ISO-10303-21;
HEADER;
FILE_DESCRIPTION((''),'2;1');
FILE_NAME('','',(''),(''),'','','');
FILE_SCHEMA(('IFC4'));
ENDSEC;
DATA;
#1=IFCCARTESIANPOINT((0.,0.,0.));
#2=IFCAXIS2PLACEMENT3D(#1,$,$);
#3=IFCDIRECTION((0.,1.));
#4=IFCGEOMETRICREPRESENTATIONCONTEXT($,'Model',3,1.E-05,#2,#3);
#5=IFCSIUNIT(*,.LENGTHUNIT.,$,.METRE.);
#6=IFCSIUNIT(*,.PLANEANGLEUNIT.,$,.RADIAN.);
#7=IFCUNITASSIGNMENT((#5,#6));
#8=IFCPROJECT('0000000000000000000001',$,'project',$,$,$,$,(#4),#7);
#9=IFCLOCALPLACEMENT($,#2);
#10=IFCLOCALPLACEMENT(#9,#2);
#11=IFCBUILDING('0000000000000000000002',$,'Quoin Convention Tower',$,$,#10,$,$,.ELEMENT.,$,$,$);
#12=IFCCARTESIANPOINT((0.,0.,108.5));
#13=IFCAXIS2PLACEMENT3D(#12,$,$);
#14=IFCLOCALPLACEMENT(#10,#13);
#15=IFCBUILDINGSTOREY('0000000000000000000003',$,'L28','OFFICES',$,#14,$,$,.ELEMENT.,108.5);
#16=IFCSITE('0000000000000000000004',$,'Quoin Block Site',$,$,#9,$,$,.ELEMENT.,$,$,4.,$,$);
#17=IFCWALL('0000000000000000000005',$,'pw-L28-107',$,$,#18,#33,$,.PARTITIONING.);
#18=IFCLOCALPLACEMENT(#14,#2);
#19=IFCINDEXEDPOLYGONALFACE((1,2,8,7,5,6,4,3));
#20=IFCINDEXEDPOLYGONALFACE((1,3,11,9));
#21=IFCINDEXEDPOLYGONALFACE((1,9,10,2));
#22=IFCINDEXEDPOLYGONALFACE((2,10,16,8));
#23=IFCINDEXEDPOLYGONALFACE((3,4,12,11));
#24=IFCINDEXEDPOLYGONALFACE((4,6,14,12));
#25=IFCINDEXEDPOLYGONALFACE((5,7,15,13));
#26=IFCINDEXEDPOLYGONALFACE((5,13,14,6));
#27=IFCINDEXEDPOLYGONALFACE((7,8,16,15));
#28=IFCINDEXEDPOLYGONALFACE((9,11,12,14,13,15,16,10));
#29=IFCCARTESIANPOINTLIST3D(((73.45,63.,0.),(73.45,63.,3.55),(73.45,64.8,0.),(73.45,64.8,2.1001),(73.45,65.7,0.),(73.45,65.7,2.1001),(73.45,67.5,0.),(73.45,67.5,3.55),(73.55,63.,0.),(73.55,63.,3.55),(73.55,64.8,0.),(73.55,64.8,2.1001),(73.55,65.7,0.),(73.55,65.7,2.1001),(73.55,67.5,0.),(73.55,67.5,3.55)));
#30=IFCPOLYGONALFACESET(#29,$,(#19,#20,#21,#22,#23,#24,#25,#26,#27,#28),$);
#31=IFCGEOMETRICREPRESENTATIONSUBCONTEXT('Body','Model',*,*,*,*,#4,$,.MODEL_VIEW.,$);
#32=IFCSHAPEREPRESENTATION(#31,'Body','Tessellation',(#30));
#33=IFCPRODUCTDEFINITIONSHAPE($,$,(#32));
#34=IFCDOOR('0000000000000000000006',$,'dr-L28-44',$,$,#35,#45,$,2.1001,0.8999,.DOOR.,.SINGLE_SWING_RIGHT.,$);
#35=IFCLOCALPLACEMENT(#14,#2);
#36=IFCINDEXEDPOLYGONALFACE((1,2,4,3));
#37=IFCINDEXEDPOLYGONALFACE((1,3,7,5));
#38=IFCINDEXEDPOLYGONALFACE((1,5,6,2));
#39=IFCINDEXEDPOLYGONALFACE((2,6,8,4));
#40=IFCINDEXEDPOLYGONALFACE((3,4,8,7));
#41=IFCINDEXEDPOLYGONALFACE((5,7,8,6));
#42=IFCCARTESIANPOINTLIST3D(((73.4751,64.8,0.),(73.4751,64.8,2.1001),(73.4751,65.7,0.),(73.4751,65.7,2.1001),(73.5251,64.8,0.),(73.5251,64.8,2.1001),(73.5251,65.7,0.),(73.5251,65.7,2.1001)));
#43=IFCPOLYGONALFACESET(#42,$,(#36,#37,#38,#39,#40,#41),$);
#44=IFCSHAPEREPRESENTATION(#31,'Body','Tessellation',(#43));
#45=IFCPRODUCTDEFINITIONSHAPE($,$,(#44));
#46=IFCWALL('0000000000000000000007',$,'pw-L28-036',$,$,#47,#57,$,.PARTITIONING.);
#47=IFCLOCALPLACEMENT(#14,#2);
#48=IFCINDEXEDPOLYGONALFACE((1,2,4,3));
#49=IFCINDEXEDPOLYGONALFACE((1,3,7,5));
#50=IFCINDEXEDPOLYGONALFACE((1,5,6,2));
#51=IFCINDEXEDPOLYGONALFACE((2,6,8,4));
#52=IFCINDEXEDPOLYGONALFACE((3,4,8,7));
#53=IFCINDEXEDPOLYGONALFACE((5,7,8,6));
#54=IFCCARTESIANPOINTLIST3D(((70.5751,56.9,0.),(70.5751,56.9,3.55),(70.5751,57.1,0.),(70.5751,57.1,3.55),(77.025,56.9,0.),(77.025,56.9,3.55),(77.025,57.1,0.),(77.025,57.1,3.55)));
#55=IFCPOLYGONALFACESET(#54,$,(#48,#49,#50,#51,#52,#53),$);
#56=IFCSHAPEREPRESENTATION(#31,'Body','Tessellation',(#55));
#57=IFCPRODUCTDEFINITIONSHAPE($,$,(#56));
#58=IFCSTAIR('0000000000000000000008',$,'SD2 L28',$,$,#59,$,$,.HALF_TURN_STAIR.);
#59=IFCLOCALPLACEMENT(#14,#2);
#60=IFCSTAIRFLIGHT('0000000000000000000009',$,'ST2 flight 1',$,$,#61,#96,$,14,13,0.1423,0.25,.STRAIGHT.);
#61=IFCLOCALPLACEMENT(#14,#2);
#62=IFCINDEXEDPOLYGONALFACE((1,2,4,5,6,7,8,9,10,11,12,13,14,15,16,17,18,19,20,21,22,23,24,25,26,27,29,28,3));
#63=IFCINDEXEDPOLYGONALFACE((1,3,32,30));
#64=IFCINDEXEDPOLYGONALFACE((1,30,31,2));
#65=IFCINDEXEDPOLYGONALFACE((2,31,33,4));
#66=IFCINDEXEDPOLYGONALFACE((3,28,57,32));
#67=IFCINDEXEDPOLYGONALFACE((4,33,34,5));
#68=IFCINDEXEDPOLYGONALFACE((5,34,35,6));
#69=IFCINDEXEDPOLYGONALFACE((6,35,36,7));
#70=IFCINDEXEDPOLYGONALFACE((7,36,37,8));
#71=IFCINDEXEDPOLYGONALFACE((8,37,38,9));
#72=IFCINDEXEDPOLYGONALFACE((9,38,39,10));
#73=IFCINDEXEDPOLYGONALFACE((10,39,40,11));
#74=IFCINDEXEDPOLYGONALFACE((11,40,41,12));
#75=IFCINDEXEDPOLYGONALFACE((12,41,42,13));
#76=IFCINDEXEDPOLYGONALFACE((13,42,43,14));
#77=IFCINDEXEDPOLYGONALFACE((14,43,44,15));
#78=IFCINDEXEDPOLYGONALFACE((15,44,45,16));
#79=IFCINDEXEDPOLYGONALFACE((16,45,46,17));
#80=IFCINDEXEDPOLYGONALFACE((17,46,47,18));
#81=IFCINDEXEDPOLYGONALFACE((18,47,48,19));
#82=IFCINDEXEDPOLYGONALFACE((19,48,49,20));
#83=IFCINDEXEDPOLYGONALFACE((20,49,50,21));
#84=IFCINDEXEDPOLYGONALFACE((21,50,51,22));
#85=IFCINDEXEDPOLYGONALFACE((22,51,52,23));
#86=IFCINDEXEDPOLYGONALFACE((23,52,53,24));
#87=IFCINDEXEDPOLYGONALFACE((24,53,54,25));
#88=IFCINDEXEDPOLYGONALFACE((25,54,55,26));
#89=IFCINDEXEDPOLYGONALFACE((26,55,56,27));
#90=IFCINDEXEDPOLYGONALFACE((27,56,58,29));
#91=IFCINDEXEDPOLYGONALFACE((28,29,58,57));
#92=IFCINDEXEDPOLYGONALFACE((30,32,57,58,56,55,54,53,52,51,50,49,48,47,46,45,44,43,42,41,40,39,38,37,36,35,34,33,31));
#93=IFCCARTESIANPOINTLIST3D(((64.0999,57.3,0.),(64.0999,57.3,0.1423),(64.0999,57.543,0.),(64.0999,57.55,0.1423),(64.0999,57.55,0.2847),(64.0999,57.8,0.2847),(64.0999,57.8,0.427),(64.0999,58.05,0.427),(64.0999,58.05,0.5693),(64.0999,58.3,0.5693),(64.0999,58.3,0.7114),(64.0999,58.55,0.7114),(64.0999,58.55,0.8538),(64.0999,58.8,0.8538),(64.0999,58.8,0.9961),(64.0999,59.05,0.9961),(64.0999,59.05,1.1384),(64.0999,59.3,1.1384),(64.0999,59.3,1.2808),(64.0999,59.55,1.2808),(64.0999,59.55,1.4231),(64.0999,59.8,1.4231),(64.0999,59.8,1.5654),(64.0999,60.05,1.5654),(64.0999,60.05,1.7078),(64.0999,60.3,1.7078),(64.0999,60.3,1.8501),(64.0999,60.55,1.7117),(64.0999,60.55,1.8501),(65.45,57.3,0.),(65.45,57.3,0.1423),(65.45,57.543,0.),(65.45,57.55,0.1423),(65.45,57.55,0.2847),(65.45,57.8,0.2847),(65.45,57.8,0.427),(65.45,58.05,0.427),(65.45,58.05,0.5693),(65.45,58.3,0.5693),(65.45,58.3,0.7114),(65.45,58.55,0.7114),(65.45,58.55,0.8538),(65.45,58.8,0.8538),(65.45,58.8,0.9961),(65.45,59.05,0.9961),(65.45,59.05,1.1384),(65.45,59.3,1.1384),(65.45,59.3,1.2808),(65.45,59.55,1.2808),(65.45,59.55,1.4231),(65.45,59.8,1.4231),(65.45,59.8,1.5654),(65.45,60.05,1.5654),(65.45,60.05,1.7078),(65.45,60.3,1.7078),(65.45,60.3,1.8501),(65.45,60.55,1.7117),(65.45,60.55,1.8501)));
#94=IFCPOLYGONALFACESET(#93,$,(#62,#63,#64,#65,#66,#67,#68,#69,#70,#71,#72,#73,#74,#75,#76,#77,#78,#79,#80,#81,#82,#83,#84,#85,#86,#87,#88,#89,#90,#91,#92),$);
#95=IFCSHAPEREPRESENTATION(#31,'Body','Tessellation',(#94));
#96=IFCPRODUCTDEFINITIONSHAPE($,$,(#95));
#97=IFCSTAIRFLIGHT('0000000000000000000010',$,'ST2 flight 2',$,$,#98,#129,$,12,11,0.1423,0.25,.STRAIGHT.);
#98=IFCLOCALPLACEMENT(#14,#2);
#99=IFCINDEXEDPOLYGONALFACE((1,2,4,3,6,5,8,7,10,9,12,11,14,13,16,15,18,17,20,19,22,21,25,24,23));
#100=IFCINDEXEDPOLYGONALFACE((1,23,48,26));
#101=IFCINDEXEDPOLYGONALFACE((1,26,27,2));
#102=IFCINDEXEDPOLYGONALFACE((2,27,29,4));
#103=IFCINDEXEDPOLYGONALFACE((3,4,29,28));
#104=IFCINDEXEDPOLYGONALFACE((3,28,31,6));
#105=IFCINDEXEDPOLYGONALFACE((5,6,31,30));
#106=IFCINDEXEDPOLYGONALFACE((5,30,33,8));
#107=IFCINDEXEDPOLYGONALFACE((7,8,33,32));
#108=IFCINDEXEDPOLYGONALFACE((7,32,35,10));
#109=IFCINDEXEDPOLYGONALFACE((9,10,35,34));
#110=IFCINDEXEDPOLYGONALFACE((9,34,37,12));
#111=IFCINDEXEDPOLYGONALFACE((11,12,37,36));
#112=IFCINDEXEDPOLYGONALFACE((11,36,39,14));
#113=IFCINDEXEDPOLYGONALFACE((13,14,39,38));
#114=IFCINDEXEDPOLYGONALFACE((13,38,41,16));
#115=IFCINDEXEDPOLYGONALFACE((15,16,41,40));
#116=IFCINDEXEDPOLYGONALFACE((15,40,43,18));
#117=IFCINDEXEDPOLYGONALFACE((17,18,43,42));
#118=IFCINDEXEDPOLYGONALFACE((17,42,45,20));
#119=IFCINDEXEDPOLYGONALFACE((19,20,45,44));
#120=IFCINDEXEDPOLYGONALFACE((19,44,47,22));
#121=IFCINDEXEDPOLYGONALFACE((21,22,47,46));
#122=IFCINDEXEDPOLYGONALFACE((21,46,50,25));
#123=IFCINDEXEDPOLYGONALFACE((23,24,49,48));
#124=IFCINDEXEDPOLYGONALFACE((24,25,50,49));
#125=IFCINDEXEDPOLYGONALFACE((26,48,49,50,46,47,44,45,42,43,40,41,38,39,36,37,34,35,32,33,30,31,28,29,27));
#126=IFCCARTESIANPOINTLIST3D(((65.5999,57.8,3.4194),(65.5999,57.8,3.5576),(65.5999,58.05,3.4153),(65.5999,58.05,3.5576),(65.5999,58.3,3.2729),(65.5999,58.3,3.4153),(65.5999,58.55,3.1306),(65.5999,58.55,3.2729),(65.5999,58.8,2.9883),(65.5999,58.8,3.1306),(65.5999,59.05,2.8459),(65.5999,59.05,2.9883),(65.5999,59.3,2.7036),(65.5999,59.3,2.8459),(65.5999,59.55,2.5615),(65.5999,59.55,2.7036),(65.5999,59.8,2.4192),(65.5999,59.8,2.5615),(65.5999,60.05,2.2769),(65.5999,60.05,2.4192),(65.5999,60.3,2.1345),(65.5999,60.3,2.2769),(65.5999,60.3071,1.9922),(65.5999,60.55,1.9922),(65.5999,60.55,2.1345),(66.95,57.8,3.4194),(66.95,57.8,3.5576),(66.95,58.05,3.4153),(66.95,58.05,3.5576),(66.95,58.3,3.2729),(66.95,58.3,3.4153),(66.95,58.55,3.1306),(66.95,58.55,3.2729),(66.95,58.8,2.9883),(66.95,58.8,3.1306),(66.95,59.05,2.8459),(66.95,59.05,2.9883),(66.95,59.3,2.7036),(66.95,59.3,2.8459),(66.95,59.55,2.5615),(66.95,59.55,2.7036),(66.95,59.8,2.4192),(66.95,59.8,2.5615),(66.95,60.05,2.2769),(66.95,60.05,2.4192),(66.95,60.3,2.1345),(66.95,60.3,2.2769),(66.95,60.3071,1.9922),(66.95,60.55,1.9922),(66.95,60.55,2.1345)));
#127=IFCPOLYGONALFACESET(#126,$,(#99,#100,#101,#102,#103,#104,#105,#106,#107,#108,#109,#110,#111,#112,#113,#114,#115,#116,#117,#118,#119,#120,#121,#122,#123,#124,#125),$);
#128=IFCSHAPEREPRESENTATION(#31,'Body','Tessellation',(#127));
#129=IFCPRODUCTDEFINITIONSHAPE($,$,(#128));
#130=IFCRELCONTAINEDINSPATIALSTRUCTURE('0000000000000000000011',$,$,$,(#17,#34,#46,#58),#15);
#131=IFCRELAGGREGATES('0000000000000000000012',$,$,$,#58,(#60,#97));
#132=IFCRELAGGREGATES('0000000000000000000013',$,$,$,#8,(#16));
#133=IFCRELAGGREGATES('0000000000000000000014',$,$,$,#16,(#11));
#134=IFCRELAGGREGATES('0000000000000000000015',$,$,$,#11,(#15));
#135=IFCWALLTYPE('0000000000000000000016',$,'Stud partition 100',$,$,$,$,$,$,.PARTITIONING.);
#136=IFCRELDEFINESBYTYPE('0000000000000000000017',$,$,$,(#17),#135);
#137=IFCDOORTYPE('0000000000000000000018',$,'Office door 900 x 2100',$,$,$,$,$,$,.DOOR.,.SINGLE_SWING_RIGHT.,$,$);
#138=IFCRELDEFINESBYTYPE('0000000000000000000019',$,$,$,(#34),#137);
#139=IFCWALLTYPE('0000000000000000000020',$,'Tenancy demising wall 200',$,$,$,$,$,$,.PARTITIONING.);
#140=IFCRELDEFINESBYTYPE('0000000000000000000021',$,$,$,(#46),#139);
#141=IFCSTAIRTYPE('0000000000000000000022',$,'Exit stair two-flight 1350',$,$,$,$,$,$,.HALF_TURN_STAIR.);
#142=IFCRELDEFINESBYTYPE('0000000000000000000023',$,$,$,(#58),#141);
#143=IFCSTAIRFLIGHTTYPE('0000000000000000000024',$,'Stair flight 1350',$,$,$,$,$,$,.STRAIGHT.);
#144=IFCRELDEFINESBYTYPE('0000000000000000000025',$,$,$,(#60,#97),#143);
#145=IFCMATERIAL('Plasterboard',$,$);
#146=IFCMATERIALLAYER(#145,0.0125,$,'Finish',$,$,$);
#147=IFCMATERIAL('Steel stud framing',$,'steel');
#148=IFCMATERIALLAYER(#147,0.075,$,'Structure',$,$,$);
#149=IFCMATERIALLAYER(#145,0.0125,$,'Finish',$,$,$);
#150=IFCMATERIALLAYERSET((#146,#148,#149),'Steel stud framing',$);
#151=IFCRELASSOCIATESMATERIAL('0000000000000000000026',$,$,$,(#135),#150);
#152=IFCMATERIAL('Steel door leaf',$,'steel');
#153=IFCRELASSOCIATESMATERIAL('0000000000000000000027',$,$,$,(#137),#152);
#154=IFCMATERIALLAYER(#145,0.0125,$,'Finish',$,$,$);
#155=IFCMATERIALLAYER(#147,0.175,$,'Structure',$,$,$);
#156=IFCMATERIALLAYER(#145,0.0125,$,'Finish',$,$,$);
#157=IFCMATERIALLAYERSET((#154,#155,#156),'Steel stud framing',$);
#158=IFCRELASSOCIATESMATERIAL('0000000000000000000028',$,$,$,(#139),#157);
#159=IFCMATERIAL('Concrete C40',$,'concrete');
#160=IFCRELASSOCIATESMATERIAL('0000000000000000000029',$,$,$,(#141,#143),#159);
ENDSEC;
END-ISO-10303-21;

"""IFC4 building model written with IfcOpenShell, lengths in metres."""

from ifc_helpers import new_model, si_unit, direction, frame, frame_2d, origin, place, context, subcontext, project, spatial, polyline, rectangle, outline, extrude, material, layer, layer_set, type_object, element, fill, aggregate, save


model = new_model("IFC4")

# Units and contexts
model_context = context("Model", 3, precision=1e-05, world=origin(), true_north=direction((0.0, 1.0)))
body_context = subcontext(model_context, "Body", "Model", "MODEL_VIEW")
ifc_project = project(units=[si_unit("LENGTHUNIT", "METRE"), si_unit("PLANEANGLEUNIT", "RADIAN")], contexts=[model_context])

# Site, building, storey
site_placement = place(None, origin())
site = spatial("IfcSite", under=ifc_project, at=site_placement, Name="Quoin Block Site", CompositionType="ELEMENT", RefElevation=4.0)
building_placement = place(site_placement, origin())
building = spatial("IfcBuilding", under=site, at=building_placement, Name="Quoin Convention Tower", CompositionType="ELEMENT")
storey_placement = place(building_placement, frame((0.0, 0.0, 108.5)))
storey = spatial("IfcBuildingStorey", under=building, at=storey_placement, Name="L28", Description="OFFICES", CompositionType="ELEMENT", Elevation=108.5)

# Shared definitions
ifc_material_1 = material(Name="Plasterboard")
ifc_material_2 = material(Name="Steel stud framing", Category="steel")

# Shared definitions
ifc_material_3 = material(Name="Steel door leaf", Category="steel")
ifc_layer_1 = layer(ifc_material_1, 0.0125, Name="Finish")
ifc_layer_2 = layer(ifc_material_2, 0.075, Name="Structure")
ifc_layer_3 = layer(ifc_material_1, 0.0125, Name="Finish")
ifc_layer_set_1 = layer_set([ifc_layer_1, ifc_layer_2, ifc_layer_3], Name="Steel stud framing")
wall_type_1 = type_object("IfcWallType", Name="Stud partition 100", PredefinedType="PARTITIONING", material=ifc_layer_set_1)
door_type_1 = type_object("IfcDoorType", Name="Office door 900 x 2100", OperationType="SINGLE_SWING_RIGHT", PredefinedType="DOOR", material=ifc_material_3)

# Wall, opening, door
wall_1_placement = place(storey_placement, frame((73.5, 63.0, 0.0), z_axis=(0.0, 0.0, 1.0), x_axis=(0.0, 1.0, 0.0)))
wall_1 = element("IfcWall", 1, at=wall_1_placement, inside=storey, type_object=wall_type_1, Name="pw-L28-107", PredefinedType="PARTITIONING", context=body_context, shape_type="SweptSolid", body=[
    extrude(rectangle(XDim=4.5, YDim=0.1001, at=frame_2d((2.25, 0.0))), origin(), (0.0, 0.0, 1.0), 3.55),
])
opening_1_placement = place(wall_1_placement, frame((1.8, 0.0, 0.0)))
opening_1 = element("IfcOpeningElement", 2, at=opening_1_placement, cuts=wall_1, PredefinedType="OPENING", context=body_context, shape_type="SweptSolid", body=[
    extrude(rectangle(XDim=0.8999, YDim=2.1001, at=frame_2d((0.45, 1.05))), frame((0.0, 0.0601, 0.0), z_axis=(0.0, -1.0, 0.0), x_axis=(1.0, 0.0, 0.0)), (0.0, 0.0, 1.0), 0.1201),
])
door_1_placement = place(opening_1_placement, origin())
door_1 = element("IfcDoor", 3, at=door_1_placement, inside=storey, type_object=door_type_1, Name="dr-L28-44", OperationType="SINGLE_SWING_RIGHT", OverallHeight=2.1001, OverallWidth=0.8999, PredefinedType="DOOR", context=body_context, shape_type="SweptSolid", body=[
    extrude(rectangle(XDim=0.8999, YDim=2.1001, at=frame_2d((0.45, 1.05))), frame((0.0, 0.0249, 0.0), z_axis=(0.0, -1.0, 0.0), x_axis=(1.0, 0.0, 0.0)), (0.0, 0.0, 1.0), 0.05),
])
fill(opening_1, door_1)

# Wall
ifc_layer_4 = layer(ifc_material_1, 0.0125, Name="Finish")
ifc_layer_5 = layer(ifc_material_2, 0.175, Name="Structure")
ifc_layer_6 = layer(ifc_material_1, 0.0125, Name="Finish")
ifc_layer_set_2 = layer_set([ifc_layer_4, ifc_layer_5, ifc_layer_6], Name="Steel stud framing")
wall_type_2 = type_object("IfcWallType", Name="Tenancy demising wall 200", PredefinedType="PARTITIONING", material=ifc_layer_set_2)
wall_2_placement = place(storey_placement, frame((70.575, 57.0, 0.0), z_axis=(0.0, 0.0, 1.0), x_axis=(1.0, 0.0, 0.0)))
element("IfcWall", 4, at=wall_2_placement, inside=storey, type_object=wall_type_2, Name="pw-L28-036", PredefinedType="PARTITIONING", context=body_context, shape_type="SweptSolid", body=[
    extrude(rectangle(XDim=6.45, YDim=0.2, at=frame_2d((3.2251, 0.0))), origin(), (0.0, 0.0, 1.0), 3.55),
])

# Stair, stair flights
ifc_material_4 = material(Name="Concrete C40", Category="concrete")
stair_type = type_object("IfcStairType", Name="Exit stair two-flight 1350", PredefinedType="HALF_TURN_STAIR", material=ifc_material_4)
stair_placement = place(storey_placement, origin())
stair = element("IfcStair", 5, at=stair_placement, inside=storey, type_object=stair_type, Name="SD2 L28", PredefinedType="HALF_TURN_STAIR")
stair_flight_type = type_object("IfcStairFlightType", Name="Stair flight 1350", PredefinedType="STRAIGHT", material=ifc_material_4)
stair_flight_1_placement = place(storey_placement, frame((64.7749, 57.3, 0.0), z_axis=(0.0, 0.0, 1.0), x_axis=(0.0, 1.0, 0.0)))
stair_flight_1 = element("IfcStairFlight", 6, at=stair_flight_1_placement, type_object=stair_flight_type, Name="ST2 flight 1", NumberOfRisers=14, NumberOfTreads=13, PredefinedType="STRAIGHT", RiserHeight=0.1423, TreadLength=0.25, context=body_context, shape_type="SweptSolid", body=[
    extrude(outline(polyline([(0.0, 0.0), (0.0, 0.1423), (0.25, 0.1423), (0.25, 0.2847), (0.5, 0.2847), (0.5, 0.427), (0.75, 0.427), (0.75, 0.5693), (1.0, 0.5693), (1.0, 0.7114), (1.25, 0.7114), (1.25, 0.8538), (1.5, 0.8538), (1.5, 0.9961), (1.75, 0.9961), (1.75, 1.1384), (2.0, 1.1384), (2.0, 1.2808), (2.25, 1.2808), (2.25, 1.4231), (2.5, 1.4231), (2.5, 1.5654), (2.75, 1.5654), (2.75, 1.7078), (3.0, 1.7078), (3.0, 1.8501), (3.25, 1.8501), (3.25, 1.9922), (3.25, 1.7117), (0.2429, 0.0), (0.0, 0.0)])), frame((0.0, 0.675, 0.0), z_axis=(0.0, -1.0, 0.0), x_axis=(1.0, 0.0, 0.0)), (0.0, 0.0, 1.0), 1.3501),
])
stair_flight_2_placement = place(storey_placement, frame((66.2749, 60.55, 1.9922), z_axis=(0.0, 0.0, 1.0), x_axis=(0.0, -1.0, 0.0)))
stair_flight_2 = element("IfcStairFlight", 7, at=stair_flight_2_placement, type_object=stair_flight_type, Name="ST2 flight 2", NumberOfRisers=12, NumberOfTreads=11, PredefinedType="STRAIGHT", RiserHeight=0.1423, TreadLength=0.25, context=body_context, shape_type="SweptSolid", body=[
    extrude(outline(polyline([(0.0, 0.0), (0.0, 0.1423), (0.25, 0.1423), (0.25, 0.2847), (0.5, 0.2847), (0.5, 0.427), (0.75, 0.427), (0.75, 0.5693), (1.0, 0.5693), (1.0, 0.7114), (1.25, 0.7114), (1.25, 0.8538), (1.5, 0.8538), (1.5, 0.9961), (1.75, 0.9961), (1.75, 1.1384), (2.0, 1.1384), (2.0, 1.2808), (2.25, 1.2808), (2.25, 1.4231), (2.5, 1.4231), (2.5, 1.5654), (2.75, 1.5654), (2.75, 1.7078), (2.75, 1.4272), (0.2429, 0.0), (0.0, 0.0)])), frame((0.0, 0.675, 0.0), z_axis=(0.0, -1.0, 0.0), x_axis=(1.0, 0.0, 0.0)), (0.0, 0.0, 1.0), 1.3501),
])
aggregate(stair, [stair_flight_1, stair_flight_2])

save(model, "model.ifc")
